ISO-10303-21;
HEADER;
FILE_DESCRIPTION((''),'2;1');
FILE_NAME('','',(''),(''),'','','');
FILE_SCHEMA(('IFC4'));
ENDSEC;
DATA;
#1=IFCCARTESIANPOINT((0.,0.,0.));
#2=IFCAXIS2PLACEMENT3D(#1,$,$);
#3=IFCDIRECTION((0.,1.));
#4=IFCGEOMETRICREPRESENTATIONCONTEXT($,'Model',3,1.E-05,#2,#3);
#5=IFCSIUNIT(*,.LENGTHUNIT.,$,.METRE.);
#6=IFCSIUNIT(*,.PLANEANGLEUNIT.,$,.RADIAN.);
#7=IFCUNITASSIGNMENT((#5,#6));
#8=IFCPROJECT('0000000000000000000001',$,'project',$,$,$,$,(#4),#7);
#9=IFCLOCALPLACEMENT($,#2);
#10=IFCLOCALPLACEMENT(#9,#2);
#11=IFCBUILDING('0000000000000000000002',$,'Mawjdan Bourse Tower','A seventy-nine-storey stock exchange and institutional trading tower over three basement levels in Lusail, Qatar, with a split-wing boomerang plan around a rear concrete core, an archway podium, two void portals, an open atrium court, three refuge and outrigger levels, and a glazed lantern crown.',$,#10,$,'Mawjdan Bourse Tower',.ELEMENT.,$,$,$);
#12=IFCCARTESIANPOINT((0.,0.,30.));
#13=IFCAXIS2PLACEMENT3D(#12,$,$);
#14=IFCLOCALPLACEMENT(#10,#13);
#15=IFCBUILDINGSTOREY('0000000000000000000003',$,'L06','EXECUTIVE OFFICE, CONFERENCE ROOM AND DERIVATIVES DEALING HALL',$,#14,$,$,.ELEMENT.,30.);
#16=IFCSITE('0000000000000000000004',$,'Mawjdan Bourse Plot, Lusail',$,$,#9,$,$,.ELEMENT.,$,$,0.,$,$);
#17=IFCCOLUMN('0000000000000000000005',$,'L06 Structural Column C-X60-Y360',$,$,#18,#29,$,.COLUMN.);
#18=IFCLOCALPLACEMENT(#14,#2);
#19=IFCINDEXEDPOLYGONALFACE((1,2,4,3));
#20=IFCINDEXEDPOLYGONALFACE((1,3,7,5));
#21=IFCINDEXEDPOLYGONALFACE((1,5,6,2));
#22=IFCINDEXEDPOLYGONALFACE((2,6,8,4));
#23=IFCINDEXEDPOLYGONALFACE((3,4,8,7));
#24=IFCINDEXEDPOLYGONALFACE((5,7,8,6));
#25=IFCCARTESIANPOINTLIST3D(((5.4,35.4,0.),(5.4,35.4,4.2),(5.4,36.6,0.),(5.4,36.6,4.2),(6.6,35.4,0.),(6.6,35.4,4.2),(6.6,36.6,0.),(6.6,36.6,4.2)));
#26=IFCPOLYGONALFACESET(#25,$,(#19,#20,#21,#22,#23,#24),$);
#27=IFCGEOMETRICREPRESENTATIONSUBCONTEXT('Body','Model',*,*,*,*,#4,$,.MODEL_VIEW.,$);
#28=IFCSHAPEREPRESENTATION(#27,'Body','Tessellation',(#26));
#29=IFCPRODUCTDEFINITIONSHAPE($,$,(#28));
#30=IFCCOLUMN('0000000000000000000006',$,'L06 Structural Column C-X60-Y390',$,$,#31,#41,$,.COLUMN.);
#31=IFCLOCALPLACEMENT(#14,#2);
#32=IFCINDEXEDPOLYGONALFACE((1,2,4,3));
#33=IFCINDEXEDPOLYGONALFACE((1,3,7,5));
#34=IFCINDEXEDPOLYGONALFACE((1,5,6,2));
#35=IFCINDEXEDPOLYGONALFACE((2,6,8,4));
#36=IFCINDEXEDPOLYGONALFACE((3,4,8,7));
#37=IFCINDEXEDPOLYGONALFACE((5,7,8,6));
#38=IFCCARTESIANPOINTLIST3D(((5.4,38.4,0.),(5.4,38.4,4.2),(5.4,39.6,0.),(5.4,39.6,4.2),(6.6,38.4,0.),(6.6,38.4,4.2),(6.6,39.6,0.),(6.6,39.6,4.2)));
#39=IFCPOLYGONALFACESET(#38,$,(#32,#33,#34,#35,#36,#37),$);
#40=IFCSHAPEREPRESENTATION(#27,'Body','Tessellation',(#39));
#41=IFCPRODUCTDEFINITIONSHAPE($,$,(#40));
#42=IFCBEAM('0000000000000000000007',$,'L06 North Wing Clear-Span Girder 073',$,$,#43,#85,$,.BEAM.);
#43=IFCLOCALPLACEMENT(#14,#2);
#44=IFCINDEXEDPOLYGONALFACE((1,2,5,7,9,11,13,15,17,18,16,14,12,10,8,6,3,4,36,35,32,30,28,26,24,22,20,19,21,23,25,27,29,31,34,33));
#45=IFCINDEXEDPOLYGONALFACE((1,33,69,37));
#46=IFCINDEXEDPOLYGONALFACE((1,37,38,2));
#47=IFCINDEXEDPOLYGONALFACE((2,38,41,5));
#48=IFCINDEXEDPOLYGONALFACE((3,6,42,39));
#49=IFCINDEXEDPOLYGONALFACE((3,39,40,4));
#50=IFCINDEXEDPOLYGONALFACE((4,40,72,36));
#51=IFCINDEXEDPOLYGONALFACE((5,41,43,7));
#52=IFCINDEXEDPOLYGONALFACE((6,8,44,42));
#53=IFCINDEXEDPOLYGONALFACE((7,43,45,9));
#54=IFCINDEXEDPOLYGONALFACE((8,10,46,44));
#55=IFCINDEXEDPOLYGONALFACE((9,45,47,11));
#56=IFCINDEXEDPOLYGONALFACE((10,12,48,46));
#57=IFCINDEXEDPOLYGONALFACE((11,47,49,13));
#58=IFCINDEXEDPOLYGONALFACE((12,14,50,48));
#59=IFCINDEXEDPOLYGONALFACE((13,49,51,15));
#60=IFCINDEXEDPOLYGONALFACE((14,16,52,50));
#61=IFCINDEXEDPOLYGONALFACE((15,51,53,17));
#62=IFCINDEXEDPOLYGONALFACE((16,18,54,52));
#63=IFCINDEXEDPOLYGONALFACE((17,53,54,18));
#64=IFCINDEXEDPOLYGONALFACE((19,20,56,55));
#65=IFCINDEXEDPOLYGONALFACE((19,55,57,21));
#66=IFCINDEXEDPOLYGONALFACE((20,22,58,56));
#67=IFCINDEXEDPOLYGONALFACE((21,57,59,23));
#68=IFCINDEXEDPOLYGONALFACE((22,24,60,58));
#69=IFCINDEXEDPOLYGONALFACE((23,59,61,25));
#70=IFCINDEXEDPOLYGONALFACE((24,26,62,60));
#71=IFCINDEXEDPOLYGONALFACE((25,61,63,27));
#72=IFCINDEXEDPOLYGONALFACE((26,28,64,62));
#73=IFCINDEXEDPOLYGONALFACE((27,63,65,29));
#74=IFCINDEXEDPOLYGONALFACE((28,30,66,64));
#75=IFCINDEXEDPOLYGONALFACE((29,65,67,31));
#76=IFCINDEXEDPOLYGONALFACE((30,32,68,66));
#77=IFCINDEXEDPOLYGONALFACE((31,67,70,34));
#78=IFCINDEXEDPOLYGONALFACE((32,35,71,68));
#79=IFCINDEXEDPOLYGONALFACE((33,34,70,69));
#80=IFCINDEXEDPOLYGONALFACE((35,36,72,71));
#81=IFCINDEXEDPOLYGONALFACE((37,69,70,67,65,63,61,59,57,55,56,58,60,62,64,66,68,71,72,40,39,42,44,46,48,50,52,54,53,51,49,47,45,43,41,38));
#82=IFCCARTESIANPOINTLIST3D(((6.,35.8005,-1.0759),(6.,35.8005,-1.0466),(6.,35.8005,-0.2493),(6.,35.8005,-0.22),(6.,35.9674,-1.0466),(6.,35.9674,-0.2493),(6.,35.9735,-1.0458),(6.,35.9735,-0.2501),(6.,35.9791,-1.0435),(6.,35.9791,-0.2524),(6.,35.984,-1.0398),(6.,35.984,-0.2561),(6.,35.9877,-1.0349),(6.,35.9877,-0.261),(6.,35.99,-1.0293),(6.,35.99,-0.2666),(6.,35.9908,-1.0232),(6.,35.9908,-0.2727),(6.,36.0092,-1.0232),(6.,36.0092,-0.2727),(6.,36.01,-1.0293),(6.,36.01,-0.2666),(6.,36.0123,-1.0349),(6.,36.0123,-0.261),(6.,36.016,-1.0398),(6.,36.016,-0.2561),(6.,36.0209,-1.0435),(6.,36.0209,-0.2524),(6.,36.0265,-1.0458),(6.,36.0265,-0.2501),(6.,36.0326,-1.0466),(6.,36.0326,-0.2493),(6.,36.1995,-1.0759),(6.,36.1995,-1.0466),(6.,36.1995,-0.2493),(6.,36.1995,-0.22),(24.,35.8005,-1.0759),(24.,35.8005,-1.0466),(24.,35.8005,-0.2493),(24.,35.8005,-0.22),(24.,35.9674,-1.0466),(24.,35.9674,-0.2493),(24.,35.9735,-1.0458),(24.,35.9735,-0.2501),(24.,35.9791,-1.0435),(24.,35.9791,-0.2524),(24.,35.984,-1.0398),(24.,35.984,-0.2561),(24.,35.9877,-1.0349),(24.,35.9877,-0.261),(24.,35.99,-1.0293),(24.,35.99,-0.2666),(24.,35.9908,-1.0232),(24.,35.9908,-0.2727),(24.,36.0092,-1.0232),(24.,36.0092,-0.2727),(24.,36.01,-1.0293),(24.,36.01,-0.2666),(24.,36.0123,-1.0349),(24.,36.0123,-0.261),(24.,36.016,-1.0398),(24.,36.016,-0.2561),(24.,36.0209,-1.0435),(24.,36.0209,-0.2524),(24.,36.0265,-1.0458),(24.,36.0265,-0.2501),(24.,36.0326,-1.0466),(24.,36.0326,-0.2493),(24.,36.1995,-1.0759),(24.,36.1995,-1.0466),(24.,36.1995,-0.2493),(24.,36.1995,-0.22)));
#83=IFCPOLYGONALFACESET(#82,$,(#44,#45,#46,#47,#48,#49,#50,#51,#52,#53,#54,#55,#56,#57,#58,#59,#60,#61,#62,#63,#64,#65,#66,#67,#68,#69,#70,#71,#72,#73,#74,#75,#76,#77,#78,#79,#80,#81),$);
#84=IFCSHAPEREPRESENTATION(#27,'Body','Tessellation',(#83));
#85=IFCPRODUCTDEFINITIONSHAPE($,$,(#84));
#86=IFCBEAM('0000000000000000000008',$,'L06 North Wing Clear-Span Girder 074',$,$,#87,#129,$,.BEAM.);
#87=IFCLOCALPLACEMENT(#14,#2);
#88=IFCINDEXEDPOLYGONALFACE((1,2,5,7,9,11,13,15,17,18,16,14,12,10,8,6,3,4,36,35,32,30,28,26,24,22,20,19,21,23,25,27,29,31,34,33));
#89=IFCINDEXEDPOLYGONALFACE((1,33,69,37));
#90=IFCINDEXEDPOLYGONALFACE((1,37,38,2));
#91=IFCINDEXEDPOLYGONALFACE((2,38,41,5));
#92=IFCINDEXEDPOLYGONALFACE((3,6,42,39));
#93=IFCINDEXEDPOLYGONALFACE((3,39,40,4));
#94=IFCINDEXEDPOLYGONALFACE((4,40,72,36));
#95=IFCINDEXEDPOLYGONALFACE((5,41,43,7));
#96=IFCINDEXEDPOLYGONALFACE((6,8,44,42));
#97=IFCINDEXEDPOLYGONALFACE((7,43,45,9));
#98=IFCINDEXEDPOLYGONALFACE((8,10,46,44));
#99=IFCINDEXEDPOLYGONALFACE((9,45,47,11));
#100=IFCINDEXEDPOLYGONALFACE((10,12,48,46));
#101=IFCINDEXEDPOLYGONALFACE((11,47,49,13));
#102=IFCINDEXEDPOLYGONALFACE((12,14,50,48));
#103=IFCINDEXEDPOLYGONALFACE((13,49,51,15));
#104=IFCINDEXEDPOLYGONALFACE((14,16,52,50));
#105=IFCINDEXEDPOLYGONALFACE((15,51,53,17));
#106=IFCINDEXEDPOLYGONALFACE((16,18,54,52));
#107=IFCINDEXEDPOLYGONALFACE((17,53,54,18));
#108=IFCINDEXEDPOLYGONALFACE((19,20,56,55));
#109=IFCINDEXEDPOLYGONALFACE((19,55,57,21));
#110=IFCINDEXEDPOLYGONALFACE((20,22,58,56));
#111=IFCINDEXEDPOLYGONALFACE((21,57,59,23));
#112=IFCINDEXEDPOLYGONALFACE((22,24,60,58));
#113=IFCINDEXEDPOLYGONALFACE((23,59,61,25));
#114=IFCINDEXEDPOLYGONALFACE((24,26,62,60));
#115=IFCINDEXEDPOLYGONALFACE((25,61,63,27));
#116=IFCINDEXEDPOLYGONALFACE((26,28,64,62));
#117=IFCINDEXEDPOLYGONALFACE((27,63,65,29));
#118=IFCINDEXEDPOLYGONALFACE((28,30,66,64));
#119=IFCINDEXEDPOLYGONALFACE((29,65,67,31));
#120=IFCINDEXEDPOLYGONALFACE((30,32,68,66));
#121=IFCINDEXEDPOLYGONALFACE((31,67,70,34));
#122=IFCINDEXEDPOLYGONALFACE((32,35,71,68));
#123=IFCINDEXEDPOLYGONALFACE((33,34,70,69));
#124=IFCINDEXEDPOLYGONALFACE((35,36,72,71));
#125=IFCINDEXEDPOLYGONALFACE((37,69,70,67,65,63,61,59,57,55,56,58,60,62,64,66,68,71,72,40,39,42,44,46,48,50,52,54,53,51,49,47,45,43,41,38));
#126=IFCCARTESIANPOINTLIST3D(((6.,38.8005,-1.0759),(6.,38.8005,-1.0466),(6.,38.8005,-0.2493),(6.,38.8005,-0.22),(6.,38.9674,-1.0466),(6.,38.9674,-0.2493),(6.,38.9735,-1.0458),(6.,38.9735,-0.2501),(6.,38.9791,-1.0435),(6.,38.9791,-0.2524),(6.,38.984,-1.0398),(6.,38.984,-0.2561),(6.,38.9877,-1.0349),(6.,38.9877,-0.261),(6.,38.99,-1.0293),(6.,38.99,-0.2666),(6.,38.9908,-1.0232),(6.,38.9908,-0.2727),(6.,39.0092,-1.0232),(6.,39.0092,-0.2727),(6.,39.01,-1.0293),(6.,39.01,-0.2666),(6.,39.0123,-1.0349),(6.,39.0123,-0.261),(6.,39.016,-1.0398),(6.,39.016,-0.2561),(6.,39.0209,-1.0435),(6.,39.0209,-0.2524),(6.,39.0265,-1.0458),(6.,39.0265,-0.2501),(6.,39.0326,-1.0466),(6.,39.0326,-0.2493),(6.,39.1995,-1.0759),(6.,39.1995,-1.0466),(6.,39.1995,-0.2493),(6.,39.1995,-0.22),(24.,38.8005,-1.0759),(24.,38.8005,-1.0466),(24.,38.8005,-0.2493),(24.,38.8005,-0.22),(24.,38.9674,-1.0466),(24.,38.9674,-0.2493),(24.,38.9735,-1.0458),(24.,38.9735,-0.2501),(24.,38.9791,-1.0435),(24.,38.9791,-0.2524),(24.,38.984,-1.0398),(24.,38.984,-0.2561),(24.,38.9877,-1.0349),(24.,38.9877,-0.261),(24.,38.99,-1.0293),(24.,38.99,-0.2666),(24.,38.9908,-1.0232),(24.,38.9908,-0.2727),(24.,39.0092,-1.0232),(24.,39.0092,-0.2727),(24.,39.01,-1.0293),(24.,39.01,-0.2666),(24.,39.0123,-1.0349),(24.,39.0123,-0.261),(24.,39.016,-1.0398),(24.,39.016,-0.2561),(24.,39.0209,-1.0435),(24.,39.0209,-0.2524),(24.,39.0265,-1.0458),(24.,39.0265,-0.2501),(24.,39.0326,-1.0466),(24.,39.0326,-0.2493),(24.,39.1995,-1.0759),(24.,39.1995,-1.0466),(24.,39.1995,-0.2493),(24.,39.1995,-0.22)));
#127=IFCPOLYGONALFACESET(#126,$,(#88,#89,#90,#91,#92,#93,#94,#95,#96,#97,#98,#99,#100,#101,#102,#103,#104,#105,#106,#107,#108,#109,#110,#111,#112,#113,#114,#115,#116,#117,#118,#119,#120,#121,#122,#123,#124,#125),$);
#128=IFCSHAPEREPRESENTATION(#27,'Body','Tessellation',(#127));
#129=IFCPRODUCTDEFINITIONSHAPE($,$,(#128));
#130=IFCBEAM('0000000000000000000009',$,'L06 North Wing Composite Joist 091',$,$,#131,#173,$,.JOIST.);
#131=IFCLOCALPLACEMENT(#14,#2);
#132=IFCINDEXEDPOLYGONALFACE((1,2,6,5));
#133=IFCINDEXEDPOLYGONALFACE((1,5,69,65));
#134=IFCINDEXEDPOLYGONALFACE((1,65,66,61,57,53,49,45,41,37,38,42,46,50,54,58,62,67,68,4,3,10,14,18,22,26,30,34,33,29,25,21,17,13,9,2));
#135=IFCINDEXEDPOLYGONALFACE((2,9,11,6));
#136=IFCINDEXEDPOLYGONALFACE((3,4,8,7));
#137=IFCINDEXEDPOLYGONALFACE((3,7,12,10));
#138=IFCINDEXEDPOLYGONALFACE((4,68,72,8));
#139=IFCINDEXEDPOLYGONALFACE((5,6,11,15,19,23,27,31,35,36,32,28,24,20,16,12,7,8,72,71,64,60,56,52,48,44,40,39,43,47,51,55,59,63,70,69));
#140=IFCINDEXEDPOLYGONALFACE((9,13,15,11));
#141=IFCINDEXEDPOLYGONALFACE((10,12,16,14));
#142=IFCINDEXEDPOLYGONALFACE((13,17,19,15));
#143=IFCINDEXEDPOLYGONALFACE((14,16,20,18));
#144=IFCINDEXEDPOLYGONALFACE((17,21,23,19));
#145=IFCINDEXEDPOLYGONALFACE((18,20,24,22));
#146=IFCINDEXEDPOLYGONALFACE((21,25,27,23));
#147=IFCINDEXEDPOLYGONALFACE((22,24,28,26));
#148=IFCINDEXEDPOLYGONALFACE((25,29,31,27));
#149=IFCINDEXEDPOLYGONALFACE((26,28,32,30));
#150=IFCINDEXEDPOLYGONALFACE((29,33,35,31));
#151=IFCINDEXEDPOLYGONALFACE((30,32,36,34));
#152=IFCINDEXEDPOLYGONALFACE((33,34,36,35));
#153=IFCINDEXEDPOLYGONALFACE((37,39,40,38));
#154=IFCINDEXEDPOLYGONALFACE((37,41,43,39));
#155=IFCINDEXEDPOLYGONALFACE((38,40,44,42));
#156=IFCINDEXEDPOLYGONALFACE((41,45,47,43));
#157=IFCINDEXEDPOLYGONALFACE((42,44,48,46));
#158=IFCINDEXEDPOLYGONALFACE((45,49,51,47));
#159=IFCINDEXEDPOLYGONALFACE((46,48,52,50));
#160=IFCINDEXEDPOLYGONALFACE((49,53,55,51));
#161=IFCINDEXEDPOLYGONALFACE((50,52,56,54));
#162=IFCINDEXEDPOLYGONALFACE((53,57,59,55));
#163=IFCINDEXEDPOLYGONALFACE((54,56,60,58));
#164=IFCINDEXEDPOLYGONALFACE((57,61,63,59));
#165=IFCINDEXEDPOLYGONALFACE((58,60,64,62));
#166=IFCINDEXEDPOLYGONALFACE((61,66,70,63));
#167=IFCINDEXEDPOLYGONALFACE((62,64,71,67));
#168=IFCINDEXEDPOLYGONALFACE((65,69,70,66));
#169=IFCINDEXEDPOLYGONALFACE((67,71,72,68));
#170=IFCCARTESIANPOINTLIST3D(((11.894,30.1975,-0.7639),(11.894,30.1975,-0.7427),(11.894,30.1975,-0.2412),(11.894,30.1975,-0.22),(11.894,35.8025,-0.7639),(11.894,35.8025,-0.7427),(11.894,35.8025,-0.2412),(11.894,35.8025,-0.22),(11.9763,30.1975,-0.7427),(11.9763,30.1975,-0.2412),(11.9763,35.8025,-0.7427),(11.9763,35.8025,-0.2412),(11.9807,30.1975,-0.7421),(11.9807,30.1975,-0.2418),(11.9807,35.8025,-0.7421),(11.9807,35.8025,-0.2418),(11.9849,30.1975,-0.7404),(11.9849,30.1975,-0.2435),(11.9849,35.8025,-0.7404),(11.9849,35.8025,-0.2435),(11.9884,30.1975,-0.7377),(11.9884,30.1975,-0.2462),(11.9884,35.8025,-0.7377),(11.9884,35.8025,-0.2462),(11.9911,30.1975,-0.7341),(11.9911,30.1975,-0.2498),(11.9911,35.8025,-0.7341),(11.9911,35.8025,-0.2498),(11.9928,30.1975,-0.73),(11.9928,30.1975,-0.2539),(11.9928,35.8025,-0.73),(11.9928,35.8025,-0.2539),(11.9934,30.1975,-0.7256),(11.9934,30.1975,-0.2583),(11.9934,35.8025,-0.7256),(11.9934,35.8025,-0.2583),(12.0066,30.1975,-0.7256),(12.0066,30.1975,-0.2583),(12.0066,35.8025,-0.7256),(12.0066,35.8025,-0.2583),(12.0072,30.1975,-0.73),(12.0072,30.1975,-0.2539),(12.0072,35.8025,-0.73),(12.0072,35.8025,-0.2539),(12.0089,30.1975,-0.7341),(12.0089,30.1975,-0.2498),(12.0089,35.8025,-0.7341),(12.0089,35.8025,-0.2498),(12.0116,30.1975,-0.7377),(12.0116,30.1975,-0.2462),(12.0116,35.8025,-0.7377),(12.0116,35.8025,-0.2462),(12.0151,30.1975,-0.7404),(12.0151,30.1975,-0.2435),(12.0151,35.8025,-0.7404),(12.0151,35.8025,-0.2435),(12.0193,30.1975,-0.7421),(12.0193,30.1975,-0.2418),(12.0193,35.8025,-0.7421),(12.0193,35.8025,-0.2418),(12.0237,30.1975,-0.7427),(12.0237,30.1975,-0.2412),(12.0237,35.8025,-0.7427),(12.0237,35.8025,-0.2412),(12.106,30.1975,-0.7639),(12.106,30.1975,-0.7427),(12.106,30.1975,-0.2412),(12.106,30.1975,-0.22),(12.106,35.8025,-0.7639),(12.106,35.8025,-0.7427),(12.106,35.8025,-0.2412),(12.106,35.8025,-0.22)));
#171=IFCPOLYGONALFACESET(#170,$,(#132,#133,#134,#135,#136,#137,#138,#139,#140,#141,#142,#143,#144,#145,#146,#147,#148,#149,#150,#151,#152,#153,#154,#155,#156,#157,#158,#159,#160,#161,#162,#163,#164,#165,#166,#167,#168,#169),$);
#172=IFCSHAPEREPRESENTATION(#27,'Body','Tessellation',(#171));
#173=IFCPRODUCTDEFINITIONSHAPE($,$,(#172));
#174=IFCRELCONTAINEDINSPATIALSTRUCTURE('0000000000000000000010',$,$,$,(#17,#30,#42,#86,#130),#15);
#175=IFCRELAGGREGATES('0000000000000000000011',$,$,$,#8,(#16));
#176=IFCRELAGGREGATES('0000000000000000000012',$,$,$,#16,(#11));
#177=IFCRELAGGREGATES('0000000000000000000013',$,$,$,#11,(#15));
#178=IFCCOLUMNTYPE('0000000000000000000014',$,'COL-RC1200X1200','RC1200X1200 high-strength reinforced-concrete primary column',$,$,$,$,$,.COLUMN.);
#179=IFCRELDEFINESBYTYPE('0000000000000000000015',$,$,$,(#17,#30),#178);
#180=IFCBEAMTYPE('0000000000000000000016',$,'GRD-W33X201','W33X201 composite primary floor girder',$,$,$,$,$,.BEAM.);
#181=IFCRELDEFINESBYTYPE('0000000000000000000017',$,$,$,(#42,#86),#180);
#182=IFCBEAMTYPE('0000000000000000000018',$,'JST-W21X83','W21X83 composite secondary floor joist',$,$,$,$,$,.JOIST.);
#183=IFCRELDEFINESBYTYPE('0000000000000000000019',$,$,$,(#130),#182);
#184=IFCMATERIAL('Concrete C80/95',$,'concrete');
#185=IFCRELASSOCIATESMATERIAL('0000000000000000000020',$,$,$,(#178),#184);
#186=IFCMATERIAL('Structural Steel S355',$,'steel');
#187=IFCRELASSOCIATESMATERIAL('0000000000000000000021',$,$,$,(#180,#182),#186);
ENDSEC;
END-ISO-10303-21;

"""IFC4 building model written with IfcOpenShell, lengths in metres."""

from ifc_helpers import new_model, si_unit, direction, frame, origin, origin_2d, place, context, subcontext, project, spatial, rectangle, i_section, extrude, material, material_profile, profile_set, type_object, element, save


model = new_model("IFC4")

# Units and contexts
model_context = context("Model", 3, precision=1e-05, world=origin(), true_north=direction((0.0, 1.0)))
body_context = subcontext(model_context, "Body", "Model", "MODEL_VIEW")
ifc_project = project(units=[si_unit("LENGTHUNIT", "METRE"), si_unit("PLANEANGLEUNIT", "RADIAN")], contexts=[model_context])

# Site, building, storey
site_placement = place(None, origin())
site = spatial("IfcSite", under=ifc_project, at=site_placement, Name="Mawjdan Bourse Plot, Lusail", CompositionType="ELEMENT", RefElevation=0.0)
building_placement = place(site_placement, origin())
building = spatial("IfcBuilding", under=site, at=building_placement, Name="Mawjdan Bourse Tower", Description="A seventy-nine-storey stock exchange and institutional trading tower over three basement levels in Lusail, Qatar, with a split-wing boomerang plan around a rear concrete core, an archway podium, two void portals, an open atrium court, three refuge and outrigger levels, and a glazed lantern crown.", LongName="Mawjdan Bourse Tower", CompositionType="ELEMENT")
storey_placement = place(building_placement, frame((0.0, 0.0, 30.0)))
storey = spatial("IfcBuildingStorey", under=building, at=storey_placement, Name="L06", Description="EXECUTIVE OFFICE, CONFERENCE ROOM AND DERIVATIVES DEALING HALL", CompositionType="ELEMENT", Elevation=30.0)

# Columns
ifc_material_1 = material(Name="Concrete C80/95", Category="concrete")
ifc_material_profile_1 = material_profile(ifc_material_1, rectangle(XDim=1.2, YDim=1.2, at=origin_2d()), Name="RC1200X1200")
ifc_profile_set_1 = profile_set([ifc_material_profile_1], Name="Concrete C80/95")
column_type = type_object("IfcColumnType", Name="COL-RC1200X1200", Description="RC1200X1200 high-strength reinforced-concrete primary column", PredefinedType="COLUMN", material=ifc_profile_set_1)
for number, where, z_axis, x_axis, name in (
    (1, (6.0, 36.0, 0.0), (0.0, 0.0, 1.0), (1.0, 0.0, 0.0), "L06 Structural Column C-X60-Y360"),
    (2, (6.0, 39.0, 0.0), (0.0, 0.0, 1.0), (1.0, 0.0, 0.0), "L06 Structural Column C-X60-Y390"),
):
    element("IfcColumn", number, at=place(storey_placement, frame(where, z_axis=z_axis, x_axis=x_axis)), inside=storey, type_object=column_type, Name=name, PredefinedType="COLUMN", context=body_context, shape_type="SweptSolid", body=[
        extrude(rectangle(XDim=1.2, YDim=1.2, at=origin_2d()), origin(), (0.0, 0.0, 1.0), 4.2),
    ])

# Beams
ifc_material_2 = material(Name="Structural Steel S355", Category="steel")
ifc_material_profile_2 = material_profile(ifc_material_2, i_section(OverallWidth=0.3989, OverallDepth=0.856, WebThickness=0.0183, FlangeThickness=0.0293, FilletRadius=0.0234, at=origin_2d()), Name="W33X201")
ifc_profile_set_2 = profile_set([ifc_material_profile_2], Name="Structural Steel S355")
beam_type_1 = type_object("IfcBeamType", Name="GRD-W33X201", Description="W33X201 composite primary floor girder", PredefinedType="BEAM", material=ifc_profile_set_2)
for number, where, z_axis, x_axis, name in (
    (3, (6.0, 36.0, -0.6479), (1.0, 0.0, 0.0), (0.0, 1.0, 0.0), "L06 North Wing Clear-Span Girder 073"),
    (4, (6.0, 39.0, -0.6479), (1.0, 0.0, 0.0), (0.0, 1.0, 0.0), "L06 North Wing Clear-Span Girder 074"),
):
    element("IfcBeam", number, at=place(storey_placement, frame(where, z_axis=z_axis, x_axis=x_axis)), inside=storey, type_object=beam_type_1, Name=name, PredefinedType="BEAM", context=body_context, shape_type="SweptSolid", body=[
        extrude(i_section(OverallWidth=0.3989, OverallDepth=0.856, WebThickness=0.0183, FlangeThickness=0.0293, FilletRadius=0.0234, at=origin_2d()), origin(), (0.0, 0.0, 1.0), 18.0),
    ])
ifc_material_profile_3 = material_profile(ifc_material_2, i_section(OverallWidth=0.2119, OverallDepth=0.5439, WebThickness=0.0132, FlangeThickness=0.0212, FilletRadius=0.0171, at=origin_2d()), Name="W21X83")
ifc_profile_set_3 = profile_set([ifc_material_profile_3], Name="Structural Steel S355")
beam_type_2 = type_object("IfcBeamType", Name="JST-W21X83", Description="W21X83 composite secondary floor joist", PredefinedType="JOIST", material=ifc_profile_set_3)
beam_1_placement = place(storey_placement, frame((12.0, 30.1975, -0.4919), z_axis=(0.0, 1.0, 0.0), x_axis=(-1.0, 0.0, 0.0)))
element("IfcBeam", 5, at=beam_1_placement, inside=storey, type_object=beam_type_2, Name="L06 North Wing Composite Joist 091", PredefinedType="JOIST", context=body_context, shape_type="SweptSolid", body=[
    extrude(i_section(OverallWidth=0.2119, OverallDepth=0.5439, WebThickness=0.0132, FlangeThickness=0.0212, FilletRadius=0.0171, at=origin_2d()), origin(), (0.0, 0.0, 1.0), 5.605),
])

save(model, "model.ifc")
